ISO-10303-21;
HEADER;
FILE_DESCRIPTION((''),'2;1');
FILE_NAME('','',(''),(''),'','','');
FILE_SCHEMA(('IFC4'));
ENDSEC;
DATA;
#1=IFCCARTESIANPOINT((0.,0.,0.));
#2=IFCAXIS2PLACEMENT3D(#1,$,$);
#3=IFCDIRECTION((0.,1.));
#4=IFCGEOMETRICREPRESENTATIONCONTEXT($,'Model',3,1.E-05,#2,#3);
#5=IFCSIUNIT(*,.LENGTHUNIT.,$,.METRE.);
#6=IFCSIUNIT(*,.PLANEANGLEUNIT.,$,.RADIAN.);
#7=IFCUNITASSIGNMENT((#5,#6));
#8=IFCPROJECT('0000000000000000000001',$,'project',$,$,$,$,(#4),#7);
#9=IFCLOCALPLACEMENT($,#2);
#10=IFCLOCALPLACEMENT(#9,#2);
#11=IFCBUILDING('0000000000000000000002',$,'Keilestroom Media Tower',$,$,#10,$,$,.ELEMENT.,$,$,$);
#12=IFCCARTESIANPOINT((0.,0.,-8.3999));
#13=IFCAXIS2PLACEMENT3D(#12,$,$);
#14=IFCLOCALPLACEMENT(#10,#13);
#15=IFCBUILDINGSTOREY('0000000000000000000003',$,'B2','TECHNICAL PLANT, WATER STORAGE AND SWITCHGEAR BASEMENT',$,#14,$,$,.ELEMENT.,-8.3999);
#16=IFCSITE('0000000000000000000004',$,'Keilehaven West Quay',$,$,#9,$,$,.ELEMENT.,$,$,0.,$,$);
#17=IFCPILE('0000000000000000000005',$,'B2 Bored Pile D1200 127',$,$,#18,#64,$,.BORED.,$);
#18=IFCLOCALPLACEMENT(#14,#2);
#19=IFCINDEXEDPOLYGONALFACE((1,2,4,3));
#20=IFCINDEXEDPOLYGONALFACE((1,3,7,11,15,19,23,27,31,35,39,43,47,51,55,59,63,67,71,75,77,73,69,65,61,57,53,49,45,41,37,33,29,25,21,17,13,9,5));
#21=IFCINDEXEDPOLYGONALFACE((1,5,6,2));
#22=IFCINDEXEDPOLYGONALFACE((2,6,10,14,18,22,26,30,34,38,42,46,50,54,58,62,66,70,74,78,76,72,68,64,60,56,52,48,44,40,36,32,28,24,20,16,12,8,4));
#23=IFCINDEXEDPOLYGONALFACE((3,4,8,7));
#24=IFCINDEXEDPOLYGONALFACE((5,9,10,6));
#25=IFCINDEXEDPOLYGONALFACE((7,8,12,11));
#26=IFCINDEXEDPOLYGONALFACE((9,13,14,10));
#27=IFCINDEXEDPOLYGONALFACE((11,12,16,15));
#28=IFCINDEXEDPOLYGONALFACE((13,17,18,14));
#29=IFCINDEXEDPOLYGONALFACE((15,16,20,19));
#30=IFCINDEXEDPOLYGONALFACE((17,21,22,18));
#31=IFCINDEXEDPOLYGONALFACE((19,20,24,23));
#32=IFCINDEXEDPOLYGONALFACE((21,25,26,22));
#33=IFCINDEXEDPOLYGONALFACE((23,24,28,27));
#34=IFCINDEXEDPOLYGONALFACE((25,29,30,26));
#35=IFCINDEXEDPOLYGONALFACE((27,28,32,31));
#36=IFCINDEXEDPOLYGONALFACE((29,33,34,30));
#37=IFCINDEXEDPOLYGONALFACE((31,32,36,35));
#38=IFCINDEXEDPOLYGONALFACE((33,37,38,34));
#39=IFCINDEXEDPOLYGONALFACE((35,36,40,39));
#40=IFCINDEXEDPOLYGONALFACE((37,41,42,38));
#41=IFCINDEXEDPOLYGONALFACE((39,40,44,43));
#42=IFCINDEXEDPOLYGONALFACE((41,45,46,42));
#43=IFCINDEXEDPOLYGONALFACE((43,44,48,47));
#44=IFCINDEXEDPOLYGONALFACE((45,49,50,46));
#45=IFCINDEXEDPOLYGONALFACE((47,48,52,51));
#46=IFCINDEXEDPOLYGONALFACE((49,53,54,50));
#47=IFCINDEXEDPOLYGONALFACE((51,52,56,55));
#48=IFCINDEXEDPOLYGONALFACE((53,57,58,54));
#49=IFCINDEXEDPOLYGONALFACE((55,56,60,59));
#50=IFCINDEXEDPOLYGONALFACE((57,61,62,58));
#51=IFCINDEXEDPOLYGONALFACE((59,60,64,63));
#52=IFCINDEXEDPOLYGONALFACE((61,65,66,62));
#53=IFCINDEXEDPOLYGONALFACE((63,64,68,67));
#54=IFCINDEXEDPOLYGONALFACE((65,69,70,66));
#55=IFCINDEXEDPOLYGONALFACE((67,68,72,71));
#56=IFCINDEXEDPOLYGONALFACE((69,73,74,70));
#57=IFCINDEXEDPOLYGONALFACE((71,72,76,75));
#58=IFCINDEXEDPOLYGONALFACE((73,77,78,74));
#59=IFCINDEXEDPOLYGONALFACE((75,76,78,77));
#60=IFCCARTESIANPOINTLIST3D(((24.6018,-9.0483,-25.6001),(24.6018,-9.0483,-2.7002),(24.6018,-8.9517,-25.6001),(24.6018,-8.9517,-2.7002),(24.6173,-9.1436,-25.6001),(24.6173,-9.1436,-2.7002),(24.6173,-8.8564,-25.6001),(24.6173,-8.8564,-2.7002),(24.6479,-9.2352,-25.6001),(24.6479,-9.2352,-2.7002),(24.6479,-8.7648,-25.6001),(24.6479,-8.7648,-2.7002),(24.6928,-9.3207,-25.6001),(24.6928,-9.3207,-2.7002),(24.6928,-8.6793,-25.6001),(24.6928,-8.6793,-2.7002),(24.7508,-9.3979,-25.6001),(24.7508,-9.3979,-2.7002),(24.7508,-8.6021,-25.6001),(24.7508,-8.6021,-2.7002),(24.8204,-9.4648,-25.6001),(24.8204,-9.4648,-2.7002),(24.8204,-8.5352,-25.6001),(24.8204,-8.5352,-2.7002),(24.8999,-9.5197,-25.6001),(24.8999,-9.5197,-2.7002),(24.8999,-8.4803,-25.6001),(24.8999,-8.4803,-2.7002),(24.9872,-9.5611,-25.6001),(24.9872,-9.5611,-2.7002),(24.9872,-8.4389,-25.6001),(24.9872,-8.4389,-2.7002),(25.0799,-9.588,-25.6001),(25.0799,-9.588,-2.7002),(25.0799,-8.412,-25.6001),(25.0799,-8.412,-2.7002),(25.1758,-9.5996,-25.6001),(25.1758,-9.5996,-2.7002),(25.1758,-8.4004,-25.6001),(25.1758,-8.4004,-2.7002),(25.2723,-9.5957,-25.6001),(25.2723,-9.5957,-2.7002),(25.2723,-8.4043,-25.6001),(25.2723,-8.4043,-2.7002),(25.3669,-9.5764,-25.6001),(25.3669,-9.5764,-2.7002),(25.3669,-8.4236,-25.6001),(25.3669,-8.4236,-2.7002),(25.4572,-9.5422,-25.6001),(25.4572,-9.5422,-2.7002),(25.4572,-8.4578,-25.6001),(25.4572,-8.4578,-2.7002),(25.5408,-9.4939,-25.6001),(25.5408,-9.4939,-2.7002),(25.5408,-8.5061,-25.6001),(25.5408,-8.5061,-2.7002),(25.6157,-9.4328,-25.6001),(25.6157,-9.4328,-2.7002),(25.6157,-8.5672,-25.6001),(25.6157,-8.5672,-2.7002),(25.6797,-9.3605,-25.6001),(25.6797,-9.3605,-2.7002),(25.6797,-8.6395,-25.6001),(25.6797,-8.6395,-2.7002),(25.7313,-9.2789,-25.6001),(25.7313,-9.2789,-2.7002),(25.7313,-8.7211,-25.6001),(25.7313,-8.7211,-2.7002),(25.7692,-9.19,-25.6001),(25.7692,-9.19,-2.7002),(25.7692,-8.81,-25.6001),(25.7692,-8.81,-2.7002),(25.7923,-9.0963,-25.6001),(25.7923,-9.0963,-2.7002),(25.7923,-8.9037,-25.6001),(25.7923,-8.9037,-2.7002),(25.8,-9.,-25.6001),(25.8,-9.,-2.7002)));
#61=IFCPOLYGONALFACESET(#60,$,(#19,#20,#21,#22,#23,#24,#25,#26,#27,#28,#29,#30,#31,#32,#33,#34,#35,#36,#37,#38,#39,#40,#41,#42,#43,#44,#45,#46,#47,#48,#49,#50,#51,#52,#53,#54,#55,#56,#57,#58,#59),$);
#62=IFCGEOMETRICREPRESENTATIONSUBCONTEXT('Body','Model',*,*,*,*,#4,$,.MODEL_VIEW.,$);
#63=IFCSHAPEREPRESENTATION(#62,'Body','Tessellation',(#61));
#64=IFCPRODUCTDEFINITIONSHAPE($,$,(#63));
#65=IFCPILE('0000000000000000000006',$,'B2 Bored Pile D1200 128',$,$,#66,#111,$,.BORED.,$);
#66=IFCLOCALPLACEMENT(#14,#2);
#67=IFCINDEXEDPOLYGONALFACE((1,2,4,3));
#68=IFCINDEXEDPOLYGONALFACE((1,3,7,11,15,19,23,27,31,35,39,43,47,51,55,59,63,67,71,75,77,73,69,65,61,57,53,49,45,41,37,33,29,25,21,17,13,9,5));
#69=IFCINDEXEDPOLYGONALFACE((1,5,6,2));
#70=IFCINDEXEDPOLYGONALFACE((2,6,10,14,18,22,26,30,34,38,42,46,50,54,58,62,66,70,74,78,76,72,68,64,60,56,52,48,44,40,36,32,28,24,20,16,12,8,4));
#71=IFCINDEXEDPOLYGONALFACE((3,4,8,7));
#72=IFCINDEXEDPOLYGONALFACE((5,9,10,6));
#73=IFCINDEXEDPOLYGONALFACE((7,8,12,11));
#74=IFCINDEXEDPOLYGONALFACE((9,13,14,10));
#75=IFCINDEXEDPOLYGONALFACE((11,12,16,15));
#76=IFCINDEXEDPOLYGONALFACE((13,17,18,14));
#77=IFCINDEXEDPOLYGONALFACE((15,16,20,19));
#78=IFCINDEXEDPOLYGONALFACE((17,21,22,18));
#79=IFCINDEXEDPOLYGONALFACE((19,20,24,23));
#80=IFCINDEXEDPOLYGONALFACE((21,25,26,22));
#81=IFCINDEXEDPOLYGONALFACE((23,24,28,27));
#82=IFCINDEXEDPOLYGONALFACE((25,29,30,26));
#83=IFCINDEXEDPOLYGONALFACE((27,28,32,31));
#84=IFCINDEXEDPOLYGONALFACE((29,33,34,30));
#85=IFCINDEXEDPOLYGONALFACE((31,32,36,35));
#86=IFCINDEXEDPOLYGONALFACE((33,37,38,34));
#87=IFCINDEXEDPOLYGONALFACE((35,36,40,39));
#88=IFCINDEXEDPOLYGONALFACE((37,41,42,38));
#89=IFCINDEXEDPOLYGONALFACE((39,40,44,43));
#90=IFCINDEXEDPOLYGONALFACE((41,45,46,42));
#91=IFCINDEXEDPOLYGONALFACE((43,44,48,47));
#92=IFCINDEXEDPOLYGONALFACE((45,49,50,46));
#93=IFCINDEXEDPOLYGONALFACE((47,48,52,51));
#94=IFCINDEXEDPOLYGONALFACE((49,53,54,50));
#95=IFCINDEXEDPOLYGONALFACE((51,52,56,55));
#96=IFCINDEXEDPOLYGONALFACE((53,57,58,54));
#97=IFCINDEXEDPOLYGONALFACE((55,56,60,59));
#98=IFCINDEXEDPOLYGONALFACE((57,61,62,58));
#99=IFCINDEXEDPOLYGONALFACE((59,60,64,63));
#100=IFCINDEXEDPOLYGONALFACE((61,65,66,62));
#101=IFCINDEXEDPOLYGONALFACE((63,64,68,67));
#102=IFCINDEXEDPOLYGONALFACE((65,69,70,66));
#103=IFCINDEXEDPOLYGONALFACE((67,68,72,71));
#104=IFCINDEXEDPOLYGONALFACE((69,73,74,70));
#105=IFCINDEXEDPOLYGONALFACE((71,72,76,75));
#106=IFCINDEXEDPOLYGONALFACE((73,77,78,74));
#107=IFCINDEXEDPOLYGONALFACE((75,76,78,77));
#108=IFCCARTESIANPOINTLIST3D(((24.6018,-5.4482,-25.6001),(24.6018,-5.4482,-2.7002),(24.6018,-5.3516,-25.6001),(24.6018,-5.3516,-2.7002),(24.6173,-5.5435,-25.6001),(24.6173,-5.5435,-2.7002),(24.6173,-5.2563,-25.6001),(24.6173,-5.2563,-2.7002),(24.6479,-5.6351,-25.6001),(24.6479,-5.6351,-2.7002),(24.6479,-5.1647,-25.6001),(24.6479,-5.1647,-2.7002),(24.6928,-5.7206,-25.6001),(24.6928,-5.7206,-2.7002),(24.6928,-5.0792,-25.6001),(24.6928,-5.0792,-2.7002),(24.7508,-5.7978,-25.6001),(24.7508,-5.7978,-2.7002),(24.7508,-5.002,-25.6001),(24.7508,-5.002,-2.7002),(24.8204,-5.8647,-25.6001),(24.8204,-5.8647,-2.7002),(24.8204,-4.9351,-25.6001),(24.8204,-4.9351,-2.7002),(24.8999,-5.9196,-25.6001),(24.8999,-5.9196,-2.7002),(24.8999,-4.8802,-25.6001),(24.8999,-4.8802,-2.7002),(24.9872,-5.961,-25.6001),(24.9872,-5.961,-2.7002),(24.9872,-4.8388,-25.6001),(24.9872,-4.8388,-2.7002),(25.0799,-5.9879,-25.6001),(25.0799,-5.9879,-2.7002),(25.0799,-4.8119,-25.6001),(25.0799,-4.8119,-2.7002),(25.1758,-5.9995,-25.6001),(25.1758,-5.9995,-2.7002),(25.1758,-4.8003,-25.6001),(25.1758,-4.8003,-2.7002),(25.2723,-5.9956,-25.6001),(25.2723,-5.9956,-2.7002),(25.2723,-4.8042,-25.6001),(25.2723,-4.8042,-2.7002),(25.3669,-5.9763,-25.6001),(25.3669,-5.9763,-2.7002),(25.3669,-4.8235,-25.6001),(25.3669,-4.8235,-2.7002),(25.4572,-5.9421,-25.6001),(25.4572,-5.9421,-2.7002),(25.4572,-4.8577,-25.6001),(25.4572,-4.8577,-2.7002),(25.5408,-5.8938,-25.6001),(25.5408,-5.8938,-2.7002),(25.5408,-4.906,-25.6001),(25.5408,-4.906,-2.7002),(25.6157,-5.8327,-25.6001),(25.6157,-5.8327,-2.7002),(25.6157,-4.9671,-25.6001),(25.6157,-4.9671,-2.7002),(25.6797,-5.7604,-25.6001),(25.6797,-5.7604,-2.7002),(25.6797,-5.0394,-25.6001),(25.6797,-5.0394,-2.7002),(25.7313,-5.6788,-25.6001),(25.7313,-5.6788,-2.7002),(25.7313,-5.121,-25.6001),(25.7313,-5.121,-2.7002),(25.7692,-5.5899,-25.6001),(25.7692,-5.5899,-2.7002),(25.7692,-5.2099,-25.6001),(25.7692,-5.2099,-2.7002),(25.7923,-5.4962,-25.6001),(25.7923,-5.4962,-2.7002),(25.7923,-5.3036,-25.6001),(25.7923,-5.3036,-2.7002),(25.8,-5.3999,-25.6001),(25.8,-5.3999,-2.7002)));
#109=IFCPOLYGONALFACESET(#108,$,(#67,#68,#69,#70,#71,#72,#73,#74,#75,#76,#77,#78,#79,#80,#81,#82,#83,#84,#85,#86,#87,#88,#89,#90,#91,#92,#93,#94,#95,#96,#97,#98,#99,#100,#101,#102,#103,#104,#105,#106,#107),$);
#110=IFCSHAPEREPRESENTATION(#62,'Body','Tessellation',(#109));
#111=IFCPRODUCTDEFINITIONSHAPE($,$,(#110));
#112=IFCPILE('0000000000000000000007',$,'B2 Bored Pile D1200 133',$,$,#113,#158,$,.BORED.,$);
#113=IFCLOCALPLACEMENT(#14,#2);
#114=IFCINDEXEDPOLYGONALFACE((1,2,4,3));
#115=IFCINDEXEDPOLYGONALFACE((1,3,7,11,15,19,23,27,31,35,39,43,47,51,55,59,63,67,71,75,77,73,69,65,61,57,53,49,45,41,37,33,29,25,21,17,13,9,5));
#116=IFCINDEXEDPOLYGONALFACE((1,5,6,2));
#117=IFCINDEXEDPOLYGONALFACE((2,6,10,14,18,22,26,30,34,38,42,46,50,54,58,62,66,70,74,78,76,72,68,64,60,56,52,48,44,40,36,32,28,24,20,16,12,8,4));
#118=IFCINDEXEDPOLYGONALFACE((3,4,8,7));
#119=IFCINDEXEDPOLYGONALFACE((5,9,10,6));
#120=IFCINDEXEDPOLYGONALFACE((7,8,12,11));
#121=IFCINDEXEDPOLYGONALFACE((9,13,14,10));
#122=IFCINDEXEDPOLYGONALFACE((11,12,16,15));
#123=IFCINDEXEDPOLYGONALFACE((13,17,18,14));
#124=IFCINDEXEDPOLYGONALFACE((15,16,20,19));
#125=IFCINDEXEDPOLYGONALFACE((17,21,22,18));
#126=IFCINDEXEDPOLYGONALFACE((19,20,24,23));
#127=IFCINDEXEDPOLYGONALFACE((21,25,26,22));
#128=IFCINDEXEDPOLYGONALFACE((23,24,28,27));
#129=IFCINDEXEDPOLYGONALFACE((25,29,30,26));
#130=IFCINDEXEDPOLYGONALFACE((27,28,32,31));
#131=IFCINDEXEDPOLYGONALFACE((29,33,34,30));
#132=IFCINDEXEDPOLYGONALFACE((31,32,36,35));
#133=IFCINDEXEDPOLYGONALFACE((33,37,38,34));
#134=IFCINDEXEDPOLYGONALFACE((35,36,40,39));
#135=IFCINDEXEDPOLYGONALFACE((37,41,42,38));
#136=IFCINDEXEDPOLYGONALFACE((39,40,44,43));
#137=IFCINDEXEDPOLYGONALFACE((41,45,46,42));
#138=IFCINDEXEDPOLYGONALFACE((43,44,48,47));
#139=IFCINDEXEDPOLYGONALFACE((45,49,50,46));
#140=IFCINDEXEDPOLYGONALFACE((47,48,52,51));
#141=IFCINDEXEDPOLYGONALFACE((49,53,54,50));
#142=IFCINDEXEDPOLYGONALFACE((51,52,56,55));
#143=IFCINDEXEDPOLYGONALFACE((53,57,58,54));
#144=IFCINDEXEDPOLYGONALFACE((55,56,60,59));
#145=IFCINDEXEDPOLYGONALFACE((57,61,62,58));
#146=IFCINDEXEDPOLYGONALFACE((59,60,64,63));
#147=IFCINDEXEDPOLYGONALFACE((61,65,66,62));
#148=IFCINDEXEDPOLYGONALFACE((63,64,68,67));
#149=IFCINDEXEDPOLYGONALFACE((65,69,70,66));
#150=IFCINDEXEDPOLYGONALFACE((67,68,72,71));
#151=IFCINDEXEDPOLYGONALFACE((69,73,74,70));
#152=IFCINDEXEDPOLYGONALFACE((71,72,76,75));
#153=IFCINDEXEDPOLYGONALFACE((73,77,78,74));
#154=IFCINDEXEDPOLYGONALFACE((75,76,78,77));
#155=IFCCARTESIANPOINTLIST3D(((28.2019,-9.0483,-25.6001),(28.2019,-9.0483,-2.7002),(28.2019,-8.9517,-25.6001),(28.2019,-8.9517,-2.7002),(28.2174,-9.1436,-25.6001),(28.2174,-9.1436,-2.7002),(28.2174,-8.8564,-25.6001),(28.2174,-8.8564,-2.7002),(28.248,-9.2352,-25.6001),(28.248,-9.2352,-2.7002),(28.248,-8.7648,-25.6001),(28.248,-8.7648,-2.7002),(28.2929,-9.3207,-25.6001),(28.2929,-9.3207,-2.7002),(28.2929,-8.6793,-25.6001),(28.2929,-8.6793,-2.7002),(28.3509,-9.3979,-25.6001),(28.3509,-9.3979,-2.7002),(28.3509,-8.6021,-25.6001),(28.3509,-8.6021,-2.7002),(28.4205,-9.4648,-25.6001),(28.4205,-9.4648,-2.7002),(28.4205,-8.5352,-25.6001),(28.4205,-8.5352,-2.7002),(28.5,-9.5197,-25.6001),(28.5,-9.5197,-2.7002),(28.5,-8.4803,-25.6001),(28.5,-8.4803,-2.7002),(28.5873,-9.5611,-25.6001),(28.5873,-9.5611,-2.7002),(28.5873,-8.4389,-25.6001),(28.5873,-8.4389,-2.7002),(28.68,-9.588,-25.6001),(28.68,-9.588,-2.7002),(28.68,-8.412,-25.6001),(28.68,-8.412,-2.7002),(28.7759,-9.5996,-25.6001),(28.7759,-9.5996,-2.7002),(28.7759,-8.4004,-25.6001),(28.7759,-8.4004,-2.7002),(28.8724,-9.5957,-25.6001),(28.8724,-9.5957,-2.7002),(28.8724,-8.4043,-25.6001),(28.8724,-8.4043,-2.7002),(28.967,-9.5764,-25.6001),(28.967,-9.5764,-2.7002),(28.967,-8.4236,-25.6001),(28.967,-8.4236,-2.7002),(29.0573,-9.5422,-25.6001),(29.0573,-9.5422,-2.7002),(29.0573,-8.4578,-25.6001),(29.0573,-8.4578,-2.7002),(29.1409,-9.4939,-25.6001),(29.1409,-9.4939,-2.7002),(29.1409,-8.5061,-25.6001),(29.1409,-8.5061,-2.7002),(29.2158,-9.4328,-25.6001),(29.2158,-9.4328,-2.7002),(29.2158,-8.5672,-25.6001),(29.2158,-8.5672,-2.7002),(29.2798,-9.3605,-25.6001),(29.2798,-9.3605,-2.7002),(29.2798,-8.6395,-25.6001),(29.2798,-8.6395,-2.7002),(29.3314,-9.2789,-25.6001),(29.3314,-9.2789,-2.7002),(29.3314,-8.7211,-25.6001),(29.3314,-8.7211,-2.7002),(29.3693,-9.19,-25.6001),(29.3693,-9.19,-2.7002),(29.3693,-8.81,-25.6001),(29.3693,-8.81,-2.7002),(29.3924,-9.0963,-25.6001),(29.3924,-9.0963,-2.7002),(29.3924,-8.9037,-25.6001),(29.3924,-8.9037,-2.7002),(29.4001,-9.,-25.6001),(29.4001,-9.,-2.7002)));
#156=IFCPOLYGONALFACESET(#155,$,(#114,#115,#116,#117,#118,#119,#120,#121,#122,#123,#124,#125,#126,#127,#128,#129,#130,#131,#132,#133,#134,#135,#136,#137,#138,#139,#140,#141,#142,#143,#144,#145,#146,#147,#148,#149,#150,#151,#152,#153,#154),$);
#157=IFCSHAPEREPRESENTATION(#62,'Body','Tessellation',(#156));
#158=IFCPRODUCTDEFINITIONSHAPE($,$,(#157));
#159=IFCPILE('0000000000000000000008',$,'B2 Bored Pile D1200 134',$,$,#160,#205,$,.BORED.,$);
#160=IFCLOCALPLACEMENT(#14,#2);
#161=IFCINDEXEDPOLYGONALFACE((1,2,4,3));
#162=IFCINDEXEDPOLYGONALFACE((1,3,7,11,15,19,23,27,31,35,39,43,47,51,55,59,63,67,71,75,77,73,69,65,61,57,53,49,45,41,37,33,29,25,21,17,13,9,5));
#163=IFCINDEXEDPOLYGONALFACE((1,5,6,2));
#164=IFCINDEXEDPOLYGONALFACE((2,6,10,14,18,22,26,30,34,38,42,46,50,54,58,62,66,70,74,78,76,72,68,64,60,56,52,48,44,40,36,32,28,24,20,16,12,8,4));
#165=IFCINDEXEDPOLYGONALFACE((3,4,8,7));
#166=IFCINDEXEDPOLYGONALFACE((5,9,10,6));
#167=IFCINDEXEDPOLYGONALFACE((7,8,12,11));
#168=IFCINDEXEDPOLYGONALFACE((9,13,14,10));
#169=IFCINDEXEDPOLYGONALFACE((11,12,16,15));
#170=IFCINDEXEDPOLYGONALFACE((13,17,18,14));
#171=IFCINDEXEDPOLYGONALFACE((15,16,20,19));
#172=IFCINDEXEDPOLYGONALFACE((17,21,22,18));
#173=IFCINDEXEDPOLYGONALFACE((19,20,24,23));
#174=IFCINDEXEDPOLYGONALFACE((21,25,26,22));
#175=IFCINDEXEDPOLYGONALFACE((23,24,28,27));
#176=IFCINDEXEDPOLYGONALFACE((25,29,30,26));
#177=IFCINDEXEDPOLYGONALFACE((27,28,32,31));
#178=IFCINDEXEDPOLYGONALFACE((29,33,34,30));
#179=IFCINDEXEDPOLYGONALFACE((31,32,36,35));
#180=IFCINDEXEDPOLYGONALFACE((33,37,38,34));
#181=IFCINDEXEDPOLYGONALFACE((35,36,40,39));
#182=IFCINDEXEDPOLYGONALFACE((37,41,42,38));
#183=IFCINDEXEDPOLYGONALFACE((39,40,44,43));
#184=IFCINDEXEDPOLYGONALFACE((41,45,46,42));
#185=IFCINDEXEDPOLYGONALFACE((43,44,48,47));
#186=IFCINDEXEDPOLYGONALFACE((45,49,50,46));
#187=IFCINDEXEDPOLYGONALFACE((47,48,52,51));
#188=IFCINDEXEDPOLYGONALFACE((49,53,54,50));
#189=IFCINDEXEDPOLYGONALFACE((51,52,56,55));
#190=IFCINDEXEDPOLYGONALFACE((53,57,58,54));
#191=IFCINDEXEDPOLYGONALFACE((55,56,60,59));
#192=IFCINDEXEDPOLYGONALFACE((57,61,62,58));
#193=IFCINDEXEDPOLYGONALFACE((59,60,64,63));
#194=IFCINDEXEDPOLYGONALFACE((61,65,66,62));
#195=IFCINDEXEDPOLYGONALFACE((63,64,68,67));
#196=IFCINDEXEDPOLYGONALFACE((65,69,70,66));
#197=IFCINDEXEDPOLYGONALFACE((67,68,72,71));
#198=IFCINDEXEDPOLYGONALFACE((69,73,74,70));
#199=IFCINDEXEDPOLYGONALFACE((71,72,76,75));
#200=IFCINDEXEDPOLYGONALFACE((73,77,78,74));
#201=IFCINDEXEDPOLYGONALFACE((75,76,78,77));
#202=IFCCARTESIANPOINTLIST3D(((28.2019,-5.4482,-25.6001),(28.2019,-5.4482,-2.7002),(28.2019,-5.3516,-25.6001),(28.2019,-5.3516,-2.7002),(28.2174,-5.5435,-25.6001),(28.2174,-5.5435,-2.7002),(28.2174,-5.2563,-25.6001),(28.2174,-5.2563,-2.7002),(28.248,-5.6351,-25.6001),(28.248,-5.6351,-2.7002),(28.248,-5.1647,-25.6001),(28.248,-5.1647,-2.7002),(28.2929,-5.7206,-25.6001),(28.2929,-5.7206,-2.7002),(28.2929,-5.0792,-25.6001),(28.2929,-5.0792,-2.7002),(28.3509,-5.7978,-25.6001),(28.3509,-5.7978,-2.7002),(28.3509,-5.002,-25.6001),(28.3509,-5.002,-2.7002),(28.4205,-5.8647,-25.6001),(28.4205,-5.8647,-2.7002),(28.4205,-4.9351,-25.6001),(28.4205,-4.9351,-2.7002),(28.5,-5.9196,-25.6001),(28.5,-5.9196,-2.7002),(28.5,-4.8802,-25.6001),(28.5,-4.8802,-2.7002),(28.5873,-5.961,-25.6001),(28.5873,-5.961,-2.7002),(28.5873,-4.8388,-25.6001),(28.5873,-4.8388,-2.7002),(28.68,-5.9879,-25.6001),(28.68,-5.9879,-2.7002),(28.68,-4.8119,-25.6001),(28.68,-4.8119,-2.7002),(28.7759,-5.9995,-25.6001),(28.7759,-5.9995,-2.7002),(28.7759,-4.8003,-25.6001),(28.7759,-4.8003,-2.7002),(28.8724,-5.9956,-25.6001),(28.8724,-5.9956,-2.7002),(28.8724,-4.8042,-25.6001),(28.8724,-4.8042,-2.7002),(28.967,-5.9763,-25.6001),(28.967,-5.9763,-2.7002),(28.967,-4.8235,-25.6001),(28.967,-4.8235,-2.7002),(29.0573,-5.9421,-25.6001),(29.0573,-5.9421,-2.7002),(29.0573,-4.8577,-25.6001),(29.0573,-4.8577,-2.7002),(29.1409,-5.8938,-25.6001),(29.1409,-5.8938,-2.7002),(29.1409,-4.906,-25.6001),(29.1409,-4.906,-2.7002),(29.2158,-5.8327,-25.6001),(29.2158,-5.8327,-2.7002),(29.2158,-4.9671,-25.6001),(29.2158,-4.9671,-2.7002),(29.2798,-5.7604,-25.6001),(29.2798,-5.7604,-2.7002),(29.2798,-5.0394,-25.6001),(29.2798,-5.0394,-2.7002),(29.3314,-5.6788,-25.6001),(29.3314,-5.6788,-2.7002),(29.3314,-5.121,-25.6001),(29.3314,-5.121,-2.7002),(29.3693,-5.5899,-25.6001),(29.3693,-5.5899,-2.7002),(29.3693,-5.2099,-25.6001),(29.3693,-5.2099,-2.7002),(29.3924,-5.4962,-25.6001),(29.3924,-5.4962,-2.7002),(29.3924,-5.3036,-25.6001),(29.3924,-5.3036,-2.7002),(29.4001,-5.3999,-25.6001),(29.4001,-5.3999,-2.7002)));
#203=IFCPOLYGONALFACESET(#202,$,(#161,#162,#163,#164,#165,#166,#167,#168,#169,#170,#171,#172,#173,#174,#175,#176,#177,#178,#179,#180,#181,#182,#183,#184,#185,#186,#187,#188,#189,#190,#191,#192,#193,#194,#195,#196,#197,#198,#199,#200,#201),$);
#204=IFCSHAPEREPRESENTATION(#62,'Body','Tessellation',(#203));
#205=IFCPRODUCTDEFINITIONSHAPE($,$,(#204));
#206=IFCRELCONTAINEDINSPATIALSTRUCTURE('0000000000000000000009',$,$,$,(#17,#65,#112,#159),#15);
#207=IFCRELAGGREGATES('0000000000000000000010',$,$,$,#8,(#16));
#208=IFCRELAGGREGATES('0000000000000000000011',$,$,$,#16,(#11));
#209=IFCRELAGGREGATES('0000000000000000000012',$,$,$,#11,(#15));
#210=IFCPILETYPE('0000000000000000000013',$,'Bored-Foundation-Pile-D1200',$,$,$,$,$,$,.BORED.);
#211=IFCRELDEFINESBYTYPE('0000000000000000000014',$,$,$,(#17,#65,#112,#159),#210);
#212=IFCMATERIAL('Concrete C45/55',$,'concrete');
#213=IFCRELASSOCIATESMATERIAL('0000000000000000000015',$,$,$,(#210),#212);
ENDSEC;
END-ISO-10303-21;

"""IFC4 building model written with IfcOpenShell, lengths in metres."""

from ifc_helpers import new_model, si_unit, direction, frame, origin, origin_2d, place, context, subcontext, project, spatial, circle, extrude, source, transform, mapped, material, material_profile, profile_set, type_object, element, save


model = new_model("IFC4")

# Units and contexts
model_context = context("Model", 3, precision=1e-05, world=origin(), true_north=direction((0.0, 1.0)))
body_context = subcontext(model_context, "Body", "Model", "MODEL_VIEW")
ifc_project = project(units=[si_unit("LENGTHUNIT", "METRE"), si_unit("PLANEANGLEUNIT", "RADIAN")], contexts=[model_context])

# Site, building, storey
site_placement = place(None, origin())
site = spatial("IfcSite", under=ifc_project, at=site_placement, Name="Keilehaven West Quay", CompositionType="ELEMENT", RefElevation=0.0)
building_placement = place(site_placement, origin())
building = spatial("IfcBuilding", under=site, at=building_placement, Name="Keilestroom Media Tower", CompositionType="ELEMENT")
storey_placement = place(building_placement, frame((0.0, 0.0, -8.3999)))
storey = spatial("IfcBuildingStorey", under=building, at=storey_placement, Name="B2", Description="TECHNICAL PLANT, WATER STORAGE AND SWITCHGEAR BASEMENT", CompositionType="ELEMENT", Elevation=-8.3999)

# Piles
ifc_material_1 = material(Name="Concrete C45/55", Category="concrete")
ifc_material_profile_1 = material_profile(ifc_material_1, circle(Radius=0.6001, at=origin_2d()), Name="BORED PILE D1200")
ifc_profile_set_1 = profile_set([ifc_material_profile_1], Name="Concrete C45/55")
pile_type = type_object("IfcPileType", Name="Bored-Foundation-Pile-D1200", PredefinedType="BORED", material=ifc_profile_set_1)
shared_shape_1 = source(origin(), body_context, "Body", "SweptSolid", [
    extrude(circle(Radius=0.6001, at=origin_2d()), origin(), (0.0, 0.0, 1.0), 22.8999),
])
for number, where, z_axis, x_axis, name in (
    (1, (25.2, -9.0, -2.7002), (0.0, 0.0, -1.0), (1.0, 0.0, 0.0), "B2 Bored Pile D1200 127"),
    (2, (25.2, -5.3999, -2.7002), (0.0, 0.0, -1.0), (1.0, 0.0, 0.0), "B2 Bored Pile D1200 128"),
    (3, (28.8, -9.0, -2.7002), (0.0, 0.0, -1.0), (1.0, 0.0, 0.0), "B2 Bored Pile D1200 133"),
    (4, (28.8, -5.3999, -2.7002), (0.0, 0.0, -1.0), (1.0, 0.0, 0.0), "B2 Bored Pile D1200 134"),
):
    element("IfcPile", number, at=place(storey_placement, frame(where, z_axis=z_axis, x_axis=x_axis)), inside=storey, type_object=pile_type, Name=name, PredefinedType="BORED", context=body_context, shape_type="MappedRepresentation", body=[
        mapped(shared_shape_1, transform((0.0, 0.0, 0.0), x_axis=(1.0, 0.0, 0.0), y_axis=(0.0, 1.0, 0.0), z_axis=(0.0, 0.0, 1.0), scale=1.0)),
    ])

save(model, "model.ifc")
